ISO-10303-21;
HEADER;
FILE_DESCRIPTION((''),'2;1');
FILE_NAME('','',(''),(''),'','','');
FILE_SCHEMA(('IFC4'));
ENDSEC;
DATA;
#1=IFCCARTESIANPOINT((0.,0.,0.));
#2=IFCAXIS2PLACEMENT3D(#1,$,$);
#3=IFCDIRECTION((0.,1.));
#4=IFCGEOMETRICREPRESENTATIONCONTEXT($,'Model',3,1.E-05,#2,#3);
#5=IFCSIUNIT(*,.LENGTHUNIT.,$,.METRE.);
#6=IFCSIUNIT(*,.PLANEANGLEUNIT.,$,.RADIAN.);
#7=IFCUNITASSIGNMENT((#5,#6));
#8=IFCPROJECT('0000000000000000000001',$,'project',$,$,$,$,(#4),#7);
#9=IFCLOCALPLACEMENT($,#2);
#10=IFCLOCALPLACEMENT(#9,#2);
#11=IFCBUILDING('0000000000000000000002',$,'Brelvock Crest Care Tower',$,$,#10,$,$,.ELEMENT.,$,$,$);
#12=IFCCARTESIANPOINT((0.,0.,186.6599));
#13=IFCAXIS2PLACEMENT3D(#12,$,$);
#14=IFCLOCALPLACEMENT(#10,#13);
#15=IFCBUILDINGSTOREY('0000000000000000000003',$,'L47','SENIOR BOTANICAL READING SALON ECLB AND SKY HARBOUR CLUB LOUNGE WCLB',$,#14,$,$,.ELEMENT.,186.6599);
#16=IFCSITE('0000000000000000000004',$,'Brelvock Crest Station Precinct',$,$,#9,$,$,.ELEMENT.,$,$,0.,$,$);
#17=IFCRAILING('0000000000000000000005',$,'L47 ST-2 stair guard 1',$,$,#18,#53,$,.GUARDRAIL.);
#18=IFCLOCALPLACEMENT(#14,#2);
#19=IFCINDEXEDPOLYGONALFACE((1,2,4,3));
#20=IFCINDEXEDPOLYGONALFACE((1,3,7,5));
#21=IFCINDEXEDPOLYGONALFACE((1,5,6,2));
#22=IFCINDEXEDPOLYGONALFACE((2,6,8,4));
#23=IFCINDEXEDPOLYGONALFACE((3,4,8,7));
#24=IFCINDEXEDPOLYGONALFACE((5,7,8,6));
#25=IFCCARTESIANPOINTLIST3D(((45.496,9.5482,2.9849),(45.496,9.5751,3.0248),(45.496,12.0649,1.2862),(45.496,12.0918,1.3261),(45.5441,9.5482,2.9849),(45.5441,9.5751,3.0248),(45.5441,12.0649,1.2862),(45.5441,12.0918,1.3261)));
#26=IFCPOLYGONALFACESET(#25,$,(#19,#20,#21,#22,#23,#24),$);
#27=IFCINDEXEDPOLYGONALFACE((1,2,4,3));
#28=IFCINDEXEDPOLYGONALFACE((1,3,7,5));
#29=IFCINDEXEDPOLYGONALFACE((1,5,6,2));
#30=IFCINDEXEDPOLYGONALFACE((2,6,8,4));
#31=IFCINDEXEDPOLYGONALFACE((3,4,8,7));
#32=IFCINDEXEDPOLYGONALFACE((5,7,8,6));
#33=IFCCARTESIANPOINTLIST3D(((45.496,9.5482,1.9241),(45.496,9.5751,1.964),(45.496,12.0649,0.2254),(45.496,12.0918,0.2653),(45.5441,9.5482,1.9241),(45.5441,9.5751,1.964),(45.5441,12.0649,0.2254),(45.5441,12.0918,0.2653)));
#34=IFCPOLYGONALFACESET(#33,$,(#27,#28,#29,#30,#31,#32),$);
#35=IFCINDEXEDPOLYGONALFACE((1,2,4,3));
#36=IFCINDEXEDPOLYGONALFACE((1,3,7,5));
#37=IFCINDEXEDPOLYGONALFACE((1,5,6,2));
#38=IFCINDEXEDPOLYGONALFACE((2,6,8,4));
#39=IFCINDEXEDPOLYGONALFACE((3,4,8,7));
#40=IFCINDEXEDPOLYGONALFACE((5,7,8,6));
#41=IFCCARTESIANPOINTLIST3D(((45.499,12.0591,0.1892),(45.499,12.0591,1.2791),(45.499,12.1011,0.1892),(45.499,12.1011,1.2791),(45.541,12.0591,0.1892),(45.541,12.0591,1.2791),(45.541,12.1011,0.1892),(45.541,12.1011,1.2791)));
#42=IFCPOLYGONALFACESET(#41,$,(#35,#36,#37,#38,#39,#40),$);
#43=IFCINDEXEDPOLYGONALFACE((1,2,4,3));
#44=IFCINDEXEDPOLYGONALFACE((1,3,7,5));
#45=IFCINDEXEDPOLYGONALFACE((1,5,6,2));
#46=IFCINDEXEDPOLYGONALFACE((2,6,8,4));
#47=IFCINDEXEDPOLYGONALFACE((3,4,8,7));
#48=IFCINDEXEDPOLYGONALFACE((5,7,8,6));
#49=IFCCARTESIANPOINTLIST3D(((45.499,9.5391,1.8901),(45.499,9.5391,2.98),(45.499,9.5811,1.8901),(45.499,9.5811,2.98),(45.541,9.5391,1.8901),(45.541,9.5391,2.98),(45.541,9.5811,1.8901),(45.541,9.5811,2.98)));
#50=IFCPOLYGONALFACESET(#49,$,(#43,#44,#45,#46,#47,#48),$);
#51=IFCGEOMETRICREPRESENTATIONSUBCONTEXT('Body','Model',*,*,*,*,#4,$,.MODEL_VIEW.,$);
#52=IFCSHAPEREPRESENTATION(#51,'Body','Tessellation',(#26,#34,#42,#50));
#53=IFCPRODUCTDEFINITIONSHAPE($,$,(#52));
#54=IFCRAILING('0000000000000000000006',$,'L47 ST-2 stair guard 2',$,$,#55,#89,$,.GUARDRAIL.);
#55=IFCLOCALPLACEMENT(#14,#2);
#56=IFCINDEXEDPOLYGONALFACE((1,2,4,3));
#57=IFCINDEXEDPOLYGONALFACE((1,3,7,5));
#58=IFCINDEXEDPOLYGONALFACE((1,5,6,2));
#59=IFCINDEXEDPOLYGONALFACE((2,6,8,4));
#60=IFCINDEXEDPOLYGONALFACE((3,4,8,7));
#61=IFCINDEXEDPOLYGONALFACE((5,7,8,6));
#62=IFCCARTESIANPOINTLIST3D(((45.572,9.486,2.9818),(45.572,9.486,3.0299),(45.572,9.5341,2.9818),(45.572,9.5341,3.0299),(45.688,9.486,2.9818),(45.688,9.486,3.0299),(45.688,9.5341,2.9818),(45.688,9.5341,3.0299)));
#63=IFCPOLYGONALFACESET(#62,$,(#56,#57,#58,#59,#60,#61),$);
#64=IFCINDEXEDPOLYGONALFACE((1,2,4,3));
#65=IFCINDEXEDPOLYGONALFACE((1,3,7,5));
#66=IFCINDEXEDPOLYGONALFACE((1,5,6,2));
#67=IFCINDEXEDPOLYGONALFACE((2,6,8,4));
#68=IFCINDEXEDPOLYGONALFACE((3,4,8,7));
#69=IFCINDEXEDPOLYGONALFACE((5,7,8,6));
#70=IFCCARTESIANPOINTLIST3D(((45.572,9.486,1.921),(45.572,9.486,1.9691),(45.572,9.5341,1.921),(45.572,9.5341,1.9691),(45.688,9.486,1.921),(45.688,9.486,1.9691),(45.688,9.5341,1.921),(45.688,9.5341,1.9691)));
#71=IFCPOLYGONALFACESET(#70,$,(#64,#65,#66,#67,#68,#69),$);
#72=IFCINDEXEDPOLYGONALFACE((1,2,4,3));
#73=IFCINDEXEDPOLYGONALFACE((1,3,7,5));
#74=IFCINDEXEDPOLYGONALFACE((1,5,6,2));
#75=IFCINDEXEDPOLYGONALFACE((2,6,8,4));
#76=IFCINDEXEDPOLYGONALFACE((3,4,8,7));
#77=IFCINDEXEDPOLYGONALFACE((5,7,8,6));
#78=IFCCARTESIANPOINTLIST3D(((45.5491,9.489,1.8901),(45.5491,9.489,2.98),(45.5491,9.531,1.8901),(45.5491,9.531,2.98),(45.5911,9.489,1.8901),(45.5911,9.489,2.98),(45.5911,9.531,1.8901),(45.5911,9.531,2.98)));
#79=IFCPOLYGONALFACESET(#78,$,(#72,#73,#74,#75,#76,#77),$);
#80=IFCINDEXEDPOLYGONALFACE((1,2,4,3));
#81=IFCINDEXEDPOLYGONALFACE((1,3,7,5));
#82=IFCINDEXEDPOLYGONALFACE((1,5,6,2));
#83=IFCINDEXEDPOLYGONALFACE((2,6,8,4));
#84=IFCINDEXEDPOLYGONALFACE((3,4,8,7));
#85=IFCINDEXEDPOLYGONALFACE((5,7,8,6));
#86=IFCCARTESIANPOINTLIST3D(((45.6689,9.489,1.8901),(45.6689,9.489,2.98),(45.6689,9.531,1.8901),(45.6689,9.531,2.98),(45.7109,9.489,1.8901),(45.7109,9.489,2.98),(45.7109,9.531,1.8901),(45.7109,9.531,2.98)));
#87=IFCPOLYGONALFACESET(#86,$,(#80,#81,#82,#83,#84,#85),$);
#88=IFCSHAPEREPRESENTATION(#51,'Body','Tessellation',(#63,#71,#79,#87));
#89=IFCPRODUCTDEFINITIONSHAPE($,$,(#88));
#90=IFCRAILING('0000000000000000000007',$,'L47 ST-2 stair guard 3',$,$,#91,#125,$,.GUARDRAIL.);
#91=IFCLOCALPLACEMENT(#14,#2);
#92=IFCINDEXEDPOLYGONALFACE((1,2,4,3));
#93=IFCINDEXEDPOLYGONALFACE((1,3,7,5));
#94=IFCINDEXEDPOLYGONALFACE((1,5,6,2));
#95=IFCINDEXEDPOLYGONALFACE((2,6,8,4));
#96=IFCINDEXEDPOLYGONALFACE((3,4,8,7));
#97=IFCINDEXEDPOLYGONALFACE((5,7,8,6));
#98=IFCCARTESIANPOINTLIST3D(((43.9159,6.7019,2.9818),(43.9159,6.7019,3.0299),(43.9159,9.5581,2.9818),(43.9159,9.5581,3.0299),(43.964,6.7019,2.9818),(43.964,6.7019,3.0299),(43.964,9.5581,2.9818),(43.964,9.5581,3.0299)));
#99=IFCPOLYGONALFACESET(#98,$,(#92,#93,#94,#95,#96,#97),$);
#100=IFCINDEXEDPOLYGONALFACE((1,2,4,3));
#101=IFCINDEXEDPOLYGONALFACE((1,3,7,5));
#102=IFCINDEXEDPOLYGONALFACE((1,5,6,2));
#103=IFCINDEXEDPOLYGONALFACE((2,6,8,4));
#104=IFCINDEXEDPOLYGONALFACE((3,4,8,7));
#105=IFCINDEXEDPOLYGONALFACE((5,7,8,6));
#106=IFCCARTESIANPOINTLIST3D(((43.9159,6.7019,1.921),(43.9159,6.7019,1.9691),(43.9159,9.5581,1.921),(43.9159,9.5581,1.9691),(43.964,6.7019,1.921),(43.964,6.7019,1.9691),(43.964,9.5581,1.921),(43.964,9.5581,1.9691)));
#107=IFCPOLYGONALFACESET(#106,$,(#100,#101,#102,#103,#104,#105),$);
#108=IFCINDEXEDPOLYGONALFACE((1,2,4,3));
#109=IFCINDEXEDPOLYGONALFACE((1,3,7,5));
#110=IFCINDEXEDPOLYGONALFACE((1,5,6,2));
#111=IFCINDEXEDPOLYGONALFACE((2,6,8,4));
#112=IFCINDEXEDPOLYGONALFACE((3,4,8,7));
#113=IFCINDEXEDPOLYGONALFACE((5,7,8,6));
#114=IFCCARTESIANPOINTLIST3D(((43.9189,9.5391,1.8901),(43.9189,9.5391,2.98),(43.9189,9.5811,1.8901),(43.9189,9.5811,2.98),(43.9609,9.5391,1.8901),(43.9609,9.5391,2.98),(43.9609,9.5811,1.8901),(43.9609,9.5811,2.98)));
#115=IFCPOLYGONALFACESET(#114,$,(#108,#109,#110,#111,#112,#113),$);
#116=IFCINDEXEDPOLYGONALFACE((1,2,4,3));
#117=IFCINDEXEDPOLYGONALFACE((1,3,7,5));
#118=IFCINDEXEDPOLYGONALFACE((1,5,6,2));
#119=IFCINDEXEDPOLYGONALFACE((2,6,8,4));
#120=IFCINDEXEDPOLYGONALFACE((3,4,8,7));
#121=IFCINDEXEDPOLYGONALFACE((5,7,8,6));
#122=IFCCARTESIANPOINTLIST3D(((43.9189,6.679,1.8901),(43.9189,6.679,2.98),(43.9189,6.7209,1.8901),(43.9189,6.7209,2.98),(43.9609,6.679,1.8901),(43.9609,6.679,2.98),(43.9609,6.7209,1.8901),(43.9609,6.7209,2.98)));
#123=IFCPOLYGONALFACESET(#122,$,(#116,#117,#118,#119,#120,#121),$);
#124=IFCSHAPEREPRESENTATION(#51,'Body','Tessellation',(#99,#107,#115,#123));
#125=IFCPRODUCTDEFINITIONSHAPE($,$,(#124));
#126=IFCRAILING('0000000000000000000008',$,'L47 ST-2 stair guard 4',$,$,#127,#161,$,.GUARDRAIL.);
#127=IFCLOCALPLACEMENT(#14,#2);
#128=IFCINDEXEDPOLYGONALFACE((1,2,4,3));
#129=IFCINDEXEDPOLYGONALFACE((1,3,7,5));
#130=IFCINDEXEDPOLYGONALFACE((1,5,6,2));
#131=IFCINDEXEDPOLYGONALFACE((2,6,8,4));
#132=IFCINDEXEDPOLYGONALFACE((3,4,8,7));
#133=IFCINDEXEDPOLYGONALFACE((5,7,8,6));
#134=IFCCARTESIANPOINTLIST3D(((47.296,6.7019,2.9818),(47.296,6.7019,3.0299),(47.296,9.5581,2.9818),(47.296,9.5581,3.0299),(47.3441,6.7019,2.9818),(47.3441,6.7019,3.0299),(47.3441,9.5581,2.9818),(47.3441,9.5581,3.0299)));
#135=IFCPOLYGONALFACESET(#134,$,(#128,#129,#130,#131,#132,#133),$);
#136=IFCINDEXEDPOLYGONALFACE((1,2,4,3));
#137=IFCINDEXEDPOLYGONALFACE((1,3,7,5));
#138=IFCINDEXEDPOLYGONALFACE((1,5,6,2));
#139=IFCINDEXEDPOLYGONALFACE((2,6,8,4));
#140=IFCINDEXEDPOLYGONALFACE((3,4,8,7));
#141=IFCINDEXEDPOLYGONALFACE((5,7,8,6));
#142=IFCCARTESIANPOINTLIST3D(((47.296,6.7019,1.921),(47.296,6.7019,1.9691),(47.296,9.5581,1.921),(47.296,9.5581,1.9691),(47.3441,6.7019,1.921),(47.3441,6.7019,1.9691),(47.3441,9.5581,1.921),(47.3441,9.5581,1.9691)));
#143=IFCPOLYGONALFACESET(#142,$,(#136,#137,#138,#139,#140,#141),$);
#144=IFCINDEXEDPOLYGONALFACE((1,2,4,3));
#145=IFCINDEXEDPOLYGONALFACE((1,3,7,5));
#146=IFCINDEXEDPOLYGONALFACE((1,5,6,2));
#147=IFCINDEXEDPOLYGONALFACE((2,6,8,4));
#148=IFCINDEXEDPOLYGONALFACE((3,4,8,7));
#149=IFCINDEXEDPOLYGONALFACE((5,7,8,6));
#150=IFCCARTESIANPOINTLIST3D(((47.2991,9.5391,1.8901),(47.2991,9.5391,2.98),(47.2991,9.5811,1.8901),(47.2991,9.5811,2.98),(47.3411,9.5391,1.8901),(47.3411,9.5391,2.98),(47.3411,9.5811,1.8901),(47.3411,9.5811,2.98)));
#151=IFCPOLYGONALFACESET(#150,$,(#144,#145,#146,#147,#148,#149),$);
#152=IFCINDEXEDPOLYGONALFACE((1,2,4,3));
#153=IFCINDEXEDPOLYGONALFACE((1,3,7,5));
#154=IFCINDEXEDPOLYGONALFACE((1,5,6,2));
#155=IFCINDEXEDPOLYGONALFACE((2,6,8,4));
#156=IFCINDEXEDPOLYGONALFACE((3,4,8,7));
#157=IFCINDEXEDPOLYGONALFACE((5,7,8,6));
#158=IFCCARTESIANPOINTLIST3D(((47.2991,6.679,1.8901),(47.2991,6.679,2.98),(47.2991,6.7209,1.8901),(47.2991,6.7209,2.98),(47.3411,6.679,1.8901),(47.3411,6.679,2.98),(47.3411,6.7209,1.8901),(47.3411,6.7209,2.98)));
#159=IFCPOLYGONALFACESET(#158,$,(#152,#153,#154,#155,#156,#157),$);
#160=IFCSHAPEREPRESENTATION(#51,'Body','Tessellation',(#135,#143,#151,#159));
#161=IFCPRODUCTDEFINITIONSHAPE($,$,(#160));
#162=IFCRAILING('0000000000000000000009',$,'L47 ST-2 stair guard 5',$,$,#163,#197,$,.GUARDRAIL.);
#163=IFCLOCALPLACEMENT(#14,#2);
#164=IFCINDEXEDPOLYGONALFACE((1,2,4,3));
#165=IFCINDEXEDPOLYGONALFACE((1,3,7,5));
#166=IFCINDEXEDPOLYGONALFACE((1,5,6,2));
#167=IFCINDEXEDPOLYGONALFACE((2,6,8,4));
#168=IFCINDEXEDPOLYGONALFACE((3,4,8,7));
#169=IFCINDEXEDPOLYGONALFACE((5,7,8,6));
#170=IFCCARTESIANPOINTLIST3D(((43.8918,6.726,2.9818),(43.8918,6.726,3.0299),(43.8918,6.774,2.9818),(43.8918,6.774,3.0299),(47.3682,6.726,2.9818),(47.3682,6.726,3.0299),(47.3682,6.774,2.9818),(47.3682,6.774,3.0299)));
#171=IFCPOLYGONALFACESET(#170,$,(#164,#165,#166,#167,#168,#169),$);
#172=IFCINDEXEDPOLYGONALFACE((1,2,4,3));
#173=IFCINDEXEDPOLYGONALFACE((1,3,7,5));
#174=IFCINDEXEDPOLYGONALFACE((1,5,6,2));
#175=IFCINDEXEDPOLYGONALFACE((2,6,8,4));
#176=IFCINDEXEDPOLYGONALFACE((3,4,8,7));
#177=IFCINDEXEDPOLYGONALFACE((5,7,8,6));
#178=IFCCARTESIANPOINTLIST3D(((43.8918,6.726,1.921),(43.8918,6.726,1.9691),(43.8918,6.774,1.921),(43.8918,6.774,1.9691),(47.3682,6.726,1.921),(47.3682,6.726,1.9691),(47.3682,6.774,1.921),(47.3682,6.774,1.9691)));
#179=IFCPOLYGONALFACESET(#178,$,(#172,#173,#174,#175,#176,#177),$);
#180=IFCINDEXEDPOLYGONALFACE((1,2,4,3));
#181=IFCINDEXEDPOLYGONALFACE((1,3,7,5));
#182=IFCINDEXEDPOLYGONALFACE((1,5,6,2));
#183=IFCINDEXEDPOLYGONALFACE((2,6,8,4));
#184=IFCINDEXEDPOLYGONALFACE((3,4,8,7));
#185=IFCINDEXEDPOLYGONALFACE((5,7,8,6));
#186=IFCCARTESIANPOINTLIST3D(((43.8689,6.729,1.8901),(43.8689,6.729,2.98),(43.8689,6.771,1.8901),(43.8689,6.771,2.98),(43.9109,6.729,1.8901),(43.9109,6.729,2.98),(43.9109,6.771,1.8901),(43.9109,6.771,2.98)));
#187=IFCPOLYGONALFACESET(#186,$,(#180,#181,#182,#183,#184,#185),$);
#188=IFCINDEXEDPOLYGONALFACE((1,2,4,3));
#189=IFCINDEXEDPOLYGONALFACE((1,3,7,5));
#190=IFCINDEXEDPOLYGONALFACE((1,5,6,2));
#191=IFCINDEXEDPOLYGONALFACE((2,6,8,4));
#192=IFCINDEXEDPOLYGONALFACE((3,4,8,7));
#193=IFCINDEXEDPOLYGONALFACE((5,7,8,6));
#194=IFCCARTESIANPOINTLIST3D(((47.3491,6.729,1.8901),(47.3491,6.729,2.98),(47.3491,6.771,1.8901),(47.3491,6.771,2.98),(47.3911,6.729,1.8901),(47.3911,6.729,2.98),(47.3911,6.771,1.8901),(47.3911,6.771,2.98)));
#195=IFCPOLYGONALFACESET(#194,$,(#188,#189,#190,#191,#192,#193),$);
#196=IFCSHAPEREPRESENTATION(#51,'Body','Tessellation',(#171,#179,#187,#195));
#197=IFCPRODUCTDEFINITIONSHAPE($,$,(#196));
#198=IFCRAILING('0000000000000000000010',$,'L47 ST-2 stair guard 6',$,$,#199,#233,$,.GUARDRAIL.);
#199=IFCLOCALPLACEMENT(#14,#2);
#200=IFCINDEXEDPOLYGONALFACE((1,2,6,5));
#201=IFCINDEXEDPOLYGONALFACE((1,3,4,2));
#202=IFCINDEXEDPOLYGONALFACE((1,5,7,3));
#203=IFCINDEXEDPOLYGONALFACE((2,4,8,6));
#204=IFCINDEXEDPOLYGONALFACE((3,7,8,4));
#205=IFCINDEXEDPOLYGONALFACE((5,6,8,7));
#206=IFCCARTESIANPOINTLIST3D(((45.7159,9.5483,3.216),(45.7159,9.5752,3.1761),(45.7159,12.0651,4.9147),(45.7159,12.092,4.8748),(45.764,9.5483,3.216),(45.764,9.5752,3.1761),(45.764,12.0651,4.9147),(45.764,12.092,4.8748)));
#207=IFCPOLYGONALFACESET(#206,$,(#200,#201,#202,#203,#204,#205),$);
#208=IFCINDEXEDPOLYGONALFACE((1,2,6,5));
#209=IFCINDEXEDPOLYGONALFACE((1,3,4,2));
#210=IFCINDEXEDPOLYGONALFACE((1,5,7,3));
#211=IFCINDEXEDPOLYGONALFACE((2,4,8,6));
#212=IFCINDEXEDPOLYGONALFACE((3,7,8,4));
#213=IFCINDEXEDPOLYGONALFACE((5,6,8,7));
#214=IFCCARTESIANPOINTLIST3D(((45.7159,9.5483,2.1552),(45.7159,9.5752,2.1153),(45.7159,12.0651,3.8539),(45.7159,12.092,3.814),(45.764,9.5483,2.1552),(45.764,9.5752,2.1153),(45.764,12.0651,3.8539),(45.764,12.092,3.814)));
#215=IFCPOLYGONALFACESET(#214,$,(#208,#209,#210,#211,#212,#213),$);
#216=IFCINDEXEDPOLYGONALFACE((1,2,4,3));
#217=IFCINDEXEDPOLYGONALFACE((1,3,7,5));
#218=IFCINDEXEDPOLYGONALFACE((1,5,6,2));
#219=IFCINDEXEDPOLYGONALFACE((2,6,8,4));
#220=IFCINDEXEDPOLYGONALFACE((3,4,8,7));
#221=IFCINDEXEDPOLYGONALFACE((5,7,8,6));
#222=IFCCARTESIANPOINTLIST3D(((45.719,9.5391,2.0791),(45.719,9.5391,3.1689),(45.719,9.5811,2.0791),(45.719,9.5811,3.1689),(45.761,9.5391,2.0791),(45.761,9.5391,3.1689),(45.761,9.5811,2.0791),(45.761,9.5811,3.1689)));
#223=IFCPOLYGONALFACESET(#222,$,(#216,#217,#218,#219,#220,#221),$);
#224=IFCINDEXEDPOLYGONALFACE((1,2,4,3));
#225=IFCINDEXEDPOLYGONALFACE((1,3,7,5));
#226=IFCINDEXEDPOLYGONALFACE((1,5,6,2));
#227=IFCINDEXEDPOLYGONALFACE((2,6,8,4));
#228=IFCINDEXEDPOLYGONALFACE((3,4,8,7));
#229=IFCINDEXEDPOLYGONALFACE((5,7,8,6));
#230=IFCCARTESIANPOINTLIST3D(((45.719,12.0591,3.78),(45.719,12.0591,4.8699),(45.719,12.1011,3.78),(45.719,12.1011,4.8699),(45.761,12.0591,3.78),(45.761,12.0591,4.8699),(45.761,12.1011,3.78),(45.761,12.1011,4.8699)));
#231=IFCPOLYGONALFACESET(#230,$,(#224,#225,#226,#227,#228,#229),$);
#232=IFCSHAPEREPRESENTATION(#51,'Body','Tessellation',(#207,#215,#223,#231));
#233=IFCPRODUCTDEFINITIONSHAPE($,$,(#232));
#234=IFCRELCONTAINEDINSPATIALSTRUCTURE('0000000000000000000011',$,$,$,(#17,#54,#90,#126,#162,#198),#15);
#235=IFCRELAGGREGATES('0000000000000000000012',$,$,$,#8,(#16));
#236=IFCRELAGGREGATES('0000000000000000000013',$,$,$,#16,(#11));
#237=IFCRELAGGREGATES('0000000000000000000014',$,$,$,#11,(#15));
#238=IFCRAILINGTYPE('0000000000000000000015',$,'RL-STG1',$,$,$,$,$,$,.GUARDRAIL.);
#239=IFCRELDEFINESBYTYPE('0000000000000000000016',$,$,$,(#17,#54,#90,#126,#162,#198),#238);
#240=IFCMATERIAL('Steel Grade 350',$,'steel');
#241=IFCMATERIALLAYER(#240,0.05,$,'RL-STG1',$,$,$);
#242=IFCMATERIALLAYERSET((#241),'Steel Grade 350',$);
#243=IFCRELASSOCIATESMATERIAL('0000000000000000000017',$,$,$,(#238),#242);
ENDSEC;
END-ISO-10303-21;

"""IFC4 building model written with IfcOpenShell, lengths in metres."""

from ifc_helpers import new_model, si_unit, direction, frame, origin, origin_2d, place, context, subcontext, project, spatial, rectangle, extrude, material, layer, layer_set, type_object, element, save


model = new_model("IFC4")

# Units and contexts
model_context = context("Model", 3, precision=1e-05, world=origin(), true_north=direction((0.0, 1.0)))
body_context = subcontext(model_context, "Body", "Model", "MODEL_VIEW")
ifc_project = project(units=[si_unit("LENGTHUNIT", "METRE"), si_unit("PLANEANGLEUNIT", "RADIAN")], contexts=[model_context])

# Site, building, storey
site_placement = place(None, origin())
site = spatial("IfcSite", under=ifc_project, at=site_placement, Name="Brelvock Crest Station Precinct", CompositionType="ELEMENT", RefElevation=0.0)
building_placement = place(site_placement, origin())
building = spatial("IfcBuilding", under=site, at=building_placement, Name="Brelvock Crest Care Tower", CompositionType="ELEMENT")
storey_placement = place(building_placement, frame((0.0, 0.0, 186.6599)))
storey = spatial("IfcBuildingStorey", under=building, at=storey_placement, Name="L47", Description="SENIOR BOTANICAL READING SALON ECLB AND SKY HARBOUR CLUB LOUNGE WCLB", CompositionType="ELEMENT", Elevation=186.6599)

# Shared definitions
ifc_material_1 = material(Name="Steel Grade 350", Category="steel")

# Railings
ifc_layer_1 = layer(ifc_material_1, 0.05, Name="RL-STG1")
ifc_layer_set_1 = layer_set([ifc_layer_1], Name="Steel Grade 350")
railing_type_1 = type_object("IfcRailingType", Name="RL-STG1", PredefinedType="GUARDRAIL", material=ifc_layer_set_1)
railing_1_placement = place(storey_placement, frame((45.52, 12.0801, 0.1892)))
element("IfcRailing", 1, at=railing_1_placement, inside=storey, type_object=railing_type_1, Name="L47 ST-2 stair guard 1", PredefinedType="GUARDRAIL", context=body_context, shape_type="SweptSolid", body=[
    extrude(rectangle(XDim=0.0481, YDim=0.0481, at=origin_2d()), frame((0.0, -0.0017, 1.1169), z_axis=(0.0, -0.828862, 0.559454), x_axis=(1.0, 0.0, 0.0)), (0.0, 0.0, 1.0), 3.0364),
    extrude(rectangle(XDim=0.0481, YDim=0.0481, at=origin_2d()), frame((0.0, -0.0017, 0.0562), z_axis=(0.0, -0.828862, 0.559454), x_axis=(1.0, 0.0, 0.0)), (0.0, 0.0, 1.0), 3.0364),
    extrude(rectangle(XDim=0.042, YDim=0.042, at=origin_2d()), origin(), (0.0, 0.0, 1.0), 1.0898),
    extrude(rectangle(XDim=0.042, YDim=0.042, at=origin_2d()), frame((0.0, -2.52, 1.7009)), (0.0, 0.0, 1.0), 1.0898),
])
railing_2_placement = place(storey_placement, frame((45.5701, 9.51, 1.8901)))
element("IfcRailing", 2, at=railing_2_placement, inside=storey, type_object=railing_type_1, Name="L47 ST-2 stair guard 2", PredefinedType="GUARDRAIL", context=body_context, shape_type="SweptSolid", body=[
    extrude(rectangle(XDim=0.0481, YDim=0.0481, at=origin_2d()), frame((0.002, 0.0, 1.1157), z_axis=(1.0, 0.0, 0.0), x_axis=(0.0, 1.0, 0.0)), (0.0, 0.0, 1.0), 0.116),
    extrude(rectangle(XDim=0.0481, YDim=0.0481, at=origin_2d()), frame((0.002, 0.0, 0.0549), z_axis=(1.0, 0.0, 0.0), x_axis=(0.0, 1.0, 0.0)), (0.0, 0.0, 1.0), 0.116),
    extrude(rectangle(XDim=0.042, YDim=0.042, at=origin_2d()), origin(), (0.0, 0.0, 1.0), 1.0898),
    extrude(rectangle(XDim=0.042, YDim=0.042, at=origin_2d()), frame((0.1199, 0.0, 0.0)), (0.0, 0.0, 1.0), 1.0898),
])
for number, where, name in (
    (3, (43.9399, 9.5601, 1.8901), "L47 ST-2 stair guard 3"),
    (4, (47.3201, 9.5601, 1.8901), "L47 ST-2 stair guard 4"),
):
    element("IfcRailing", number, at=place(storey_placement, frame(where)), inside=storey, type_object=railing_type_1, Name=name, PredefinedType="GUARDRAIL", context=body_context, shape_type="SweptSolid", body=[
        extrude(rectangle(XDim=0.0481, YDim=0.0481, at=origin_2d()), frame((0.0, -0.002, 1.1157), z_axis=(0.0, -1.0, 0.0), x_axis=(1.0, 0.0, 0.0)), (0.0, 0.0, 1.0), 2.8562),
        extrude(rectangle(XDim=0.0481, YDim=0.0481, at=origin_2d()), frame((0.0, -0.002, 0.0549), z_axis=(0.0, -1.0, 0.0), x_axis=(1.0, 0.0, 0.0)), (0.0, 0.0, 1.0), 2.8562),
        extrude(rectangle(XDim=0.042, YDim=0.042, at=origin_2d()), origin(), (0.0, 0.0, 1.0), 1.0898),
        extrude(rectangle(XDim=0.042, YDim=0.042, at=origin_2d()), frame((0.0, -2.8601, 0.0)), (0.0, 0.0, 1.0), 1.0898),
    ])
railing_3_placement = place(storey_placement, frame((43.8899, 6.75, 1.8901)))
element("IfcRailing", 5, at=railing_3_placement, inside=storey, type_object=railing_type_1, Name="L47 ST-2 stair guard 5", PredefinedType="GUARDRAIL", context=body_context, shape_type="SweptSolid", body=[
    extrude(rectangle(XDim=0.0481, YDim=0.0481, at=origin_2d()), frame((0.002, 0.0, 1.1157), z_axis=(1.0, 0.0, 0.0), x_axis=(0.0, 1.0, 0.0)), (0.0, 0.0, 1.0), 3.4763),
    extrude(rectangle(XDim=0.0481, YDim=0.0481, at=origin_2d()), frame((0.002, 0.0, 0.0549), z_axis=(1.0, 0.0, 0.0), x_axis=(0.0, 1.0, 0.0)), (0.0, 0.0, 1.0), 3.4763),
    extrude(rectangle(XDim=0.042, YDim=0.042, at=origin_2d()), origin(), (0.0, 0.0, 1.0), 1.0898),
    extrude(rectangle(XDim=0.042, YDim=0.042, at=origin_2d()), frame((3.4802, 0.0, 0.0)), (0.0, 0.0, 1.0), 1.0898),
])
railing_4_placement = place(storey_placement, frame((45.74, 9.5601, 2.0791)))
element("IfcRailing", 6, at=railing_4_placement, inside=storey, type_object=railing_type_1, Name="L47 ST-2 stair guard 6", PredefinedType="GUARDRAIL", context=body_context, shape_type="SweptSolid", body=[
    extrude(rectangle(XDim=0.0481, YDim=0.0481, at=origin_2d()), frame((0.0, 0.0017, 1.1169), z_axis=(0.0, 0.828862, 0.559454), x_axis=(-1.0, 0.0, 0.0)), (0.0, 0.0, 1.0), 3.0364),
    extrude(rectangle(XDim=0.0481, YDim=0.0481, at=origin_2d()), frame((0.0, 0.0017, 0.0562), z_axis=(0.0, 0.828862, 0.559454), x_axis=(-1.0, 0.0, 0.0)), (0.0, 0.0, 1.0), 3.0364),
    extrude(rectangle(XDim=0.042, YDim=0.042, at=origin_2d()), origin(), (0.0, 0.0, 1.0), 1.0898),
    extrude(rectangle(XDim=0.042, YDim=0.042, at=origin_2d()), frame((0.0, 2.52, 1.7009)), (0.0, 0.0, 1.0), 1.0898),
])

save(model, "model.ifc")
